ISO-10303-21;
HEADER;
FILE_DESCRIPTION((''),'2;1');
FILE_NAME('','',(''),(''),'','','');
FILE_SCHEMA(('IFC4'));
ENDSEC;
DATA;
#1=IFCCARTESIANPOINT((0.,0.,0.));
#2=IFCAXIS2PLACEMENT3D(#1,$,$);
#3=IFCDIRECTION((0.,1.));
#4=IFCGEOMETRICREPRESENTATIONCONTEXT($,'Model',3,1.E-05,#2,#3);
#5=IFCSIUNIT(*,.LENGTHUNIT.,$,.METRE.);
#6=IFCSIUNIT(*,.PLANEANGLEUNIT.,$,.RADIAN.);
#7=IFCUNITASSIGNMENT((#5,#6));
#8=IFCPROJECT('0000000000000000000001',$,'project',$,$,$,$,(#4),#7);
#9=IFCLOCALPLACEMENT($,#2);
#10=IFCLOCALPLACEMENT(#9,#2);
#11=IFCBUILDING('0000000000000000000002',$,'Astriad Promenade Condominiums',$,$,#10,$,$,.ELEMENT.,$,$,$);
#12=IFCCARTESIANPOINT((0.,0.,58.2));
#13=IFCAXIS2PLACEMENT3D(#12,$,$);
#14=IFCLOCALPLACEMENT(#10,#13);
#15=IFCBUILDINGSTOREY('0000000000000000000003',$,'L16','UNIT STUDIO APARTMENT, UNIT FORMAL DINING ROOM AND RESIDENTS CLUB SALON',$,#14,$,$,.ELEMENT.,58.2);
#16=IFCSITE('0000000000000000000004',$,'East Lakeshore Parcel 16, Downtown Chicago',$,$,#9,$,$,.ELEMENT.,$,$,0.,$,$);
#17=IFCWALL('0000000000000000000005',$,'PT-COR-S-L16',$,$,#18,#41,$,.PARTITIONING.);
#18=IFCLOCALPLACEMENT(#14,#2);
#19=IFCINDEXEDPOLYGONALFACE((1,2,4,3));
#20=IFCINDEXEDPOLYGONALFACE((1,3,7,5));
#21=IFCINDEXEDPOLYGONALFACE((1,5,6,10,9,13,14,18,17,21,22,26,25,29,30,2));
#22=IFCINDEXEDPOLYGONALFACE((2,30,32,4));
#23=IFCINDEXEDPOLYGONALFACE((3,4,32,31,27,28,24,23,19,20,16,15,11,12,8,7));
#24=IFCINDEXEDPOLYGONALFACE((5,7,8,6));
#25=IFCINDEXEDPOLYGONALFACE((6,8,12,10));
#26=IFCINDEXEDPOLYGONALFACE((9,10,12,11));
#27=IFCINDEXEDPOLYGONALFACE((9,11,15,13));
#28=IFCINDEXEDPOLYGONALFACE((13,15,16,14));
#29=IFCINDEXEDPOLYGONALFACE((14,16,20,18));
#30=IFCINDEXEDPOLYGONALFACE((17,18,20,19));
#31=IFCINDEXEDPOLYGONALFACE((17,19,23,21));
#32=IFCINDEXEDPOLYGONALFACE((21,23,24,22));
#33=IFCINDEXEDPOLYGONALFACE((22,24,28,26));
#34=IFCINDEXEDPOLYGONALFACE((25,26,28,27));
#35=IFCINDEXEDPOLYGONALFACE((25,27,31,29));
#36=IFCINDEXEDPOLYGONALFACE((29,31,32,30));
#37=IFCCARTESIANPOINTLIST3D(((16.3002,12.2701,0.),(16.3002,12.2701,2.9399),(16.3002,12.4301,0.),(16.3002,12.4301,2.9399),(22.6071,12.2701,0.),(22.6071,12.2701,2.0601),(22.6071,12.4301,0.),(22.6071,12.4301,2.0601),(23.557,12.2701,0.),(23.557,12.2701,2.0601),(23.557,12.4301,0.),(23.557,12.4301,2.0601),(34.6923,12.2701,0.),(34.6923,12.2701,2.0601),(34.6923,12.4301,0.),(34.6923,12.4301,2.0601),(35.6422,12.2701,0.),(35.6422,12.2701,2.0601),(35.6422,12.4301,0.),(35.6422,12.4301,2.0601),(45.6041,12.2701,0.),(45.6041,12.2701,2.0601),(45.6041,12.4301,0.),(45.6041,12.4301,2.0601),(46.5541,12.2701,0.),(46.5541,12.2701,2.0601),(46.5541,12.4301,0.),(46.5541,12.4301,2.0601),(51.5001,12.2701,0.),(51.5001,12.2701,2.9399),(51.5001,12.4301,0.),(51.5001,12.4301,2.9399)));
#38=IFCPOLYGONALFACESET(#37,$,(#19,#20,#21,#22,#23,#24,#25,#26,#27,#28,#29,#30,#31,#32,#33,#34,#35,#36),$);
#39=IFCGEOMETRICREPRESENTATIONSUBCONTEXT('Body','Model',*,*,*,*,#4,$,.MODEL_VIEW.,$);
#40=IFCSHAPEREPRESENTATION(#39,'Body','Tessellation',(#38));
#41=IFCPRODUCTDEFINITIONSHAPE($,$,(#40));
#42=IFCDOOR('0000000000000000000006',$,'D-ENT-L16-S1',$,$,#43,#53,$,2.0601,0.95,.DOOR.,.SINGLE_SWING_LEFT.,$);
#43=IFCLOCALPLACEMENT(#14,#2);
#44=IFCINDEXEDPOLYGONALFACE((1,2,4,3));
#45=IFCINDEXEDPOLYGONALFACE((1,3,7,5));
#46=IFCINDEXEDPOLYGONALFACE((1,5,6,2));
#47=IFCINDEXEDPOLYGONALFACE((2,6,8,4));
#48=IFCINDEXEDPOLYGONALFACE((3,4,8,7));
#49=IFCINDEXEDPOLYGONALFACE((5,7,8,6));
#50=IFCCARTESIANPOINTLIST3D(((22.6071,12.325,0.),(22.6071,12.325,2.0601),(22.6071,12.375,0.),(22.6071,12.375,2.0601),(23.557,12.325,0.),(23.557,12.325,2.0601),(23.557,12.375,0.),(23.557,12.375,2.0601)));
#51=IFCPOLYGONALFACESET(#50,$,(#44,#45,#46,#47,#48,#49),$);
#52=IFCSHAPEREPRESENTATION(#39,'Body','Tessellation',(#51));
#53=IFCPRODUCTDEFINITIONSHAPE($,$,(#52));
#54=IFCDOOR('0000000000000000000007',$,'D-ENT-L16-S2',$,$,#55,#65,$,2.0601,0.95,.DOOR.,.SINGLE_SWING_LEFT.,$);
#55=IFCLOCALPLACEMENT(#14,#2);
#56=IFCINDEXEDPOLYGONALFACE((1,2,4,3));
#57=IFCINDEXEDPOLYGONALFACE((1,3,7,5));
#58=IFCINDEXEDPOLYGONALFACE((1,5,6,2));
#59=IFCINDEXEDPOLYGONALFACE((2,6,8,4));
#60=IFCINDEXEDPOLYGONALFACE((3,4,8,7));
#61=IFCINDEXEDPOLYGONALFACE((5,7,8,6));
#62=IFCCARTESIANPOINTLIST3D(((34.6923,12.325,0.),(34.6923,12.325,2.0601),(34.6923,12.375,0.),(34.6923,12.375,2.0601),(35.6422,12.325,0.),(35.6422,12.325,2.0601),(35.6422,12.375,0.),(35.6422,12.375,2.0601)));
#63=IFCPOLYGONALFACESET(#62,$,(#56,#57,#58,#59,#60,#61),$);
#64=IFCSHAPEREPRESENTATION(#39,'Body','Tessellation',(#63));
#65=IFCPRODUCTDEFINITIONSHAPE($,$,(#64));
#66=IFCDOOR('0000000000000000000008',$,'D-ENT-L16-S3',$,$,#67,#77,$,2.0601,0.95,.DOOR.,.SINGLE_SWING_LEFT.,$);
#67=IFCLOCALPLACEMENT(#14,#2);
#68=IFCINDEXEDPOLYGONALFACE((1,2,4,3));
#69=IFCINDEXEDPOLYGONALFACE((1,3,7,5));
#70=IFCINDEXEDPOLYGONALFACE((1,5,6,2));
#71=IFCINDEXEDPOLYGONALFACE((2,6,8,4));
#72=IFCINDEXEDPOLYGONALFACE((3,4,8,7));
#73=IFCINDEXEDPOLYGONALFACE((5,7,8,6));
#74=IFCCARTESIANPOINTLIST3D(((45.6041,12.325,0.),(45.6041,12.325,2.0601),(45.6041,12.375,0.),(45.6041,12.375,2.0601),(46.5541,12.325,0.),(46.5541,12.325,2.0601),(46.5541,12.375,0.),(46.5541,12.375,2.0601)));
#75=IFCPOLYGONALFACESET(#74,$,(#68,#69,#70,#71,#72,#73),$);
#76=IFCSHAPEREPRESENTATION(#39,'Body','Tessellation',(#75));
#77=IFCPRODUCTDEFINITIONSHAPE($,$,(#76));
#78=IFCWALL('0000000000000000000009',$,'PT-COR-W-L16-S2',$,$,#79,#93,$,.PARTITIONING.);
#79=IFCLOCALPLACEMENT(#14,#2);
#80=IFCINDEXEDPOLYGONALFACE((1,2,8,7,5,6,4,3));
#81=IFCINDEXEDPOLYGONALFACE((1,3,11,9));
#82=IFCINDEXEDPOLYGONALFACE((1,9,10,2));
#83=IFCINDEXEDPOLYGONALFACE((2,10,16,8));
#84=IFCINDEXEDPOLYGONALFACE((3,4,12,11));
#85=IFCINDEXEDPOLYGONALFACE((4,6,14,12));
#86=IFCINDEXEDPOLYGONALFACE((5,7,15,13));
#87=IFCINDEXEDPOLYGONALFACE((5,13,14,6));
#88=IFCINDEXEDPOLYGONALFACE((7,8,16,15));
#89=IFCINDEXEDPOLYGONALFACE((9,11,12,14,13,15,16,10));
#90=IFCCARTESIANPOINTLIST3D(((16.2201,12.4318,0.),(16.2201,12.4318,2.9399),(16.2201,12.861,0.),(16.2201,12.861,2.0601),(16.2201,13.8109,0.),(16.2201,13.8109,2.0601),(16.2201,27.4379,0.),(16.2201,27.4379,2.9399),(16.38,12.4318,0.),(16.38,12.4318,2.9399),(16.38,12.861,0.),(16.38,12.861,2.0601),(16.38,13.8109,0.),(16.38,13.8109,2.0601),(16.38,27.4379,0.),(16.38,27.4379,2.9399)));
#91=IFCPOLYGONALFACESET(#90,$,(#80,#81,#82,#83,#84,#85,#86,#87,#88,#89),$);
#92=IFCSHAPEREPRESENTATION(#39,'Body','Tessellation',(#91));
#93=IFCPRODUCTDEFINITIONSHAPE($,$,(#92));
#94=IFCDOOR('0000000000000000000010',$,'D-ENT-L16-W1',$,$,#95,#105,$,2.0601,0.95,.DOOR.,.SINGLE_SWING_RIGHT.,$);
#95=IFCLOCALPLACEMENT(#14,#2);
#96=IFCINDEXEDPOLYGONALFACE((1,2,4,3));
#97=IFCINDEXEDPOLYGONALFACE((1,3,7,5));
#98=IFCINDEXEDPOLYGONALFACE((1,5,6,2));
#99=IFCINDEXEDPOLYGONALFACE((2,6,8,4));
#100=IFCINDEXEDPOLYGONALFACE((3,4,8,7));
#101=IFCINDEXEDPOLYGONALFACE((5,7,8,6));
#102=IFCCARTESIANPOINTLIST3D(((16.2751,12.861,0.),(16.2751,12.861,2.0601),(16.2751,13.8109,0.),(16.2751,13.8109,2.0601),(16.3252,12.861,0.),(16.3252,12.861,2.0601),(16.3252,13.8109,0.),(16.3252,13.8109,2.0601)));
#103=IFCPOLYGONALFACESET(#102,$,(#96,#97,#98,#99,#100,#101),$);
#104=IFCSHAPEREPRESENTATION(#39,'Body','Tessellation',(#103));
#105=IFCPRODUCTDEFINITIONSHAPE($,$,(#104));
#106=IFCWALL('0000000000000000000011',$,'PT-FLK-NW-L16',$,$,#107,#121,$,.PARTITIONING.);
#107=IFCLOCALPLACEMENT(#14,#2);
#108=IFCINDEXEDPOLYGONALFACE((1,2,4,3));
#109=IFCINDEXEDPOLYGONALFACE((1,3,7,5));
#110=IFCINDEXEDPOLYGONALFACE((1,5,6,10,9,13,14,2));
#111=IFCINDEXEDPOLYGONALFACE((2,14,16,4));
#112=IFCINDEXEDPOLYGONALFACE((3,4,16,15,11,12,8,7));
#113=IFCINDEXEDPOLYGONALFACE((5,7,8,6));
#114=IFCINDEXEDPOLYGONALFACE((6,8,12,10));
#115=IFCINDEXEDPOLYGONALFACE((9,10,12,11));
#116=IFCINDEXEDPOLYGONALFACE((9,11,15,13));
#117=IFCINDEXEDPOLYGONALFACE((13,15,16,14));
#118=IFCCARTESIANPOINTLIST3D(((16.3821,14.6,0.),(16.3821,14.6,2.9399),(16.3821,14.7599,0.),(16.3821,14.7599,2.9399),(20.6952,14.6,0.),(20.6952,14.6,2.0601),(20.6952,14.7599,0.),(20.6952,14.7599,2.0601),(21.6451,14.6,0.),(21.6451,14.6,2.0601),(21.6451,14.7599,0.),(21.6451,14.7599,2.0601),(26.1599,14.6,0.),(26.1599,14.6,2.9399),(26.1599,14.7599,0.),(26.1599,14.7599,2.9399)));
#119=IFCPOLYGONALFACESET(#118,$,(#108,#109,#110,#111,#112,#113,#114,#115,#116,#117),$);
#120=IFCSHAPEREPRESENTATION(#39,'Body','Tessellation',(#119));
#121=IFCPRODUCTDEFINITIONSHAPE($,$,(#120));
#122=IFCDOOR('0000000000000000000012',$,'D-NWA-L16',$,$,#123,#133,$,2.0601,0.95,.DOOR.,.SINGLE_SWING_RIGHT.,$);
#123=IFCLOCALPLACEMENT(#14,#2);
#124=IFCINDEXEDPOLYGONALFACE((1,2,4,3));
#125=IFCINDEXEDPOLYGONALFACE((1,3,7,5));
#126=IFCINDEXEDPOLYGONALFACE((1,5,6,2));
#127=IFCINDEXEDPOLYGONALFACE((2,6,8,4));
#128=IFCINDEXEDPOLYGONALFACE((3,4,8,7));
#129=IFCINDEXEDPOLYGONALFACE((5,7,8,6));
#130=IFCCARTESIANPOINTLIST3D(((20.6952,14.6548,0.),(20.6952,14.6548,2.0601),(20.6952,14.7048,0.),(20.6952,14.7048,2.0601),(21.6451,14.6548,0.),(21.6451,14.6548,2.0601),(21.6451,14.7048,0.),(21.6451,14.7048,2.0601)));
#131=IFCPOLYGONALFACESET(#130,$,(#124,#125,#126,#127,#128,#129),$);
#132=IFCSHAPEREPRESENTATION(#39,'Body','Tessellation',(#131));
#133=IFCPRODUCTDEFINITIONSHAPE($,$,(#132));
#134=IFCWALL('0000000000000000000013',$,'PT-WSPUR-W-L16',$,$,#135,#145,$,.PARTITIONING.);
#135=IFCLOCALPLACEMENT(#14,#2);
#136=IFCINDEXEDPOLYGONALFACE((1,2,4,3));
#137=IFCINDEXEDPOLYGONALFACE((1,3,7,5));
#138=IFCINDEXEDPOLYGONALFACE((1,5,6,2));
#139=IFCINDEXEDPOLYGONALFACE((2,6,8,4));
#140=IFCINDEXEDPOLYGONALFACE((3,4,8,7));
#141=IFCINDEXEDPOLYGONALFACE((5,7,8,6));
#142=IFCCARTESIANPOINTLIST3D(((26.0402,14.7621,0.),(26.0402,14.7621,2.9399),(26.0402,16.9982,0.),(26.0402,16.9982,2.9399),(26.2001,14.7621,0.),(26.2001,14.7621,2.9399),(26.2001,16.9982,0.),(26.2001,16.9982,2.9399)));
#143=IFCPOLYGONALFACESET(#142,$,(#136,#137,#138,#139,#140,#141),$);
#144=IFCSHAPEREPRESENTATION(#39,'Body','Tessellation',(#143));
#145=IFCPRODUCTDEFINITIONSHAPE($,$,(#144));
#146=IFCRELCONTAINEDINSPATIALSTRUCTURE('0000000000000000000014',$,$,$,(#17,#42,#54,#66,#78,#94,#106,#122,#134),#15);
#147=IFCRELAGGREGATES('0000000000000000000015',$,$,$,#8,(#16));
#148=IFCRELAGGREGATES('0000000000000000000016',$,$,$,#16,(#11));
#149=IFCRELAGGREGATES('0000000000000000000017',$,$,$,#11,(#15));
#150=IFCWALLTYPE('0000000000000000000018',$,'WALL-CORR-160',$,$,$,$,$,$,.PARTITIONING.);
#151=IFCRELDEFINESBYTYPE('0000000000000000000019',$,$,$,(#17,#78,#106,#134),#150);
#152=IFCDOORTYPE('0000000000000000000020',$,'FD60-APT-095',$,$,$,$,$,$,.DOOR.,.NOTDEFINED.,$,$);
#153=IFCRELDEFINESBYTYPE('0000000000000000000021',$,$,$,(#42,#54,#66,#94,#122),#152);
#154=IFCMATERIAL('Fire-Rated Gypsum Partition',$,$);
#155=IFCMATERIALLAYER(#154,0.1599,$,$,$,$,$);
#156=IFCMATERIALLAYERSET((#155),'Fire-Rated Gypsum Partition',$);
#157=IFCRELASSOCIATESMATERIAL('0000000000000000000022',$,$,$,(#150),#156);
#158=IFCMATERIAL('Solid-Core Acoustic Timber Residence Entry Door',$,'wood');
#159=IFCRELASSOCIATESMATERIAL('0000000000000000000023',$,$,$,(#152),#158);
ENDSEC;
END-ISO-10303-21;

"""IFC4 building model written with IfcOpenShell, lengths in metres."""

from ifc_helpers import new_model, si_unit, direction, frame, frame_2d, origin, place, context, subcontext, project, spatial, rectangle, extrude, source, transform, mapped, material, layer, layer_set, type_object, type_shapes, element, fill, save


model = new_model("IFC4")

# Units and contexts
model_context = context("Model", 3, precision=1e-05, world=origin(), true_north=direction((0.0, 1.0)))
body_context = subcontext(model_context, "Body", "Model", "MODEL_VIEW")
ifc_project = project(units=[si_unit("LENGTHUNIT", "METRE"), si_unit("PLANEANGLEUNIT", "RADIAN")], contexts=[model_context])

# Site, building, storey
site_placement = place(None, origin())
site = spatial("IfcSite", under=ifc_project, at=site_placement, Name="East Lakeshore Parcel 16, Downtown Chicago", CompositionType="ELEMENT", RefElevation=0.0)
building_placement = place(site_placement, origin())
building = spatial("IfcBuilding", under=site, at=building_placement, Name="Astriad Promenade Condominiums", CompositionType="ELEMENT")
storey_placement = place(building_placement, frame((0.0, 0.0, 58.2)))
storey = spatial("IfcBuildingStorey", under=building, at=storey_placement, Name="L16", Description="UNIT STUDIO APARTMENT, UNIT FORMAL DINING ROOM AND RESIDENTS CLUB SALON", CompositionType="ELEMENT", Elevation=58.2)

# Wall, openings, doors
ifc_material_1 = material(Name="Fire-Rated Gypsum Partition")
ifc_layer_1 = layer(ifc_material_1, 0.1599)
ifc_layer_set_1 = layer_set([ifc_layer_1], Name="Fire-Rated Gypsum Partition")
wall_type_1 = type_object("IfcWallType", Name="WALL-CORR-160", PredefinedType="PARTITIONING", material=ifc_layer_set_1)
wall_1_placement = place(storey_placement, frame((16.3, 12.3501, 0.0), z_axis=(0.0, 0.0, 1.0), x_axis=(1.0, 0.0, 0.0)))
wall_1 = element("IfcWall", 1, at=wall_1_placement, inside=storey, type_object=wall_type_1, Name="PT-COR-S-L16", PredefinedType="PARTITIONING", context=body_context, shape_type="SweptSolid", body=[
    extrude(rectangle(XDim=35.2, YDim=0.1599, at=frame_2d((17.6001, 0.0))), origin(), (0.0, 0.0, 1.0), 2.9399),
])
opening_1_placement = place(wall_1_placement, frame((6.3069, 0.0, 0.0)))
opening_1 = element("IfcOpeningElement", 2, at=opening_1_placement, cuts=wall_1, PredefinedType="OPENING", context=body_context, shape_type="SweptSolid", body=[
    extrude(rectangle(XDim=0.95, YDim=2.0601, at=frame_2d((0.4751, 1.03))), frame((0.0, 0.0898, 0.0), z_axis=(0.0, -1.0, 0.0), x_axis=(1.0, 0.0, 0.0)), (0.0, 0.0, 1.0), 0.1799),
])
opening_2_placement = place(wall_1_placement, frame((18.3921, 0.0, 0.0)))
opening_2 = element("IfcOpeningElement", 3, at=opening_2_placement, cuts=wall_1, PredefinedType="OPENING", context=body_context, shape_type="SweptSolid", body=[
    extrude(rectangle(XDim=0.95, YDim=2.0601, at=frame_2d((0.4751, 1.03))), frame((0.0, 0.0898, 0.0), z_axis=(0.0, -1.0, 0.0), x_axis=(1.0, 0.0, 0.0)), (0.0, 0.0, 1.0), 0.1799),
])
opening_3_placement = place(wall_1_placement, frame((29.304, 0.0, 0.0)))
opening_3 = element("IfcOpeningElement", 4, at=opening_3_placement, cuts=wall_1, PredefinedType="OPENING", context=body_context, shape_type="SweptSolid", body=[
    extrude(rectangle(XDim=0.95, YDim=2.0601, at=frame_2d((0.4751, 1.03))), frame((0.0, 0.0898, 0.0), z_axis=(0.0, -1.0, 0.0), x_axis=(1.0, 0.0, 0.0)), (0.0, 0.0, 1.0), 0.1799),
])
ifc_material_2 = material(Name="Solid-Core Acoustic Timber Residence Entry Door", Category="wood")
door_type_1 = type_object("IfcDoorType", Name="FD60-APT-095", OperationType="NOTDEFINED", PredefinedType="DOOR", material=ifc_material_2)
shared_shape_1 = source(origin(), body_context, "Body", "SweptSolid", [
    extrude(rectangle(XDim=0.95, YDim=2.0601, at=frame_2d((0.4751, 1.03))), frame((0.0, 0.0249, 0.0), z_axis=(0.0, -1.0, 0.0), x_axis=(1.0, 0.0, 0.0)), (0.0, 0.0, 1.0), 0.05),
])
type_shapes(door_type_1, [shared_shape_1])
door_1_placement = place(opening_1_placement, origin())
door_1 = element("IfcDoor", 5, at=door_1_placement, inside=storey, type_object=door_type_1, Name="D-ENT-L16-S1", OperationType="SINGLE_SWING_LEFT", OverallHeight=2.0601, OverallWidth=0.95, PredefinedType="DOOR", context=body_context, shape_type="MappedRepresentation", body=[
    mapped(shared_shape_1, transform((0.0, 0.0, 0.0), scale=1.0)),
])
fill(opening_1, door_1)
door_2_placement = place(opening_2_placement, origin())
door_2 = element("IfcDoor", 6, at=door_2_placement, inside=storey, type_object=door_type_1, Name="D-ENT-L16-S2", OperationType="SINGLE_SWING_LEFT", OverallHeight=2.0601, OverallWidth=0.95, PredefinedType="DOOR", context=body_context, shape_type="MappedRepresentation", body=[
    mapped(shared_shape_1, transform((0.0, 0.0, 0.0), scale=1.0)),
])
fill(opening_2, door_2)
door_3_placement = place(opening_3_placement, origin())
door_3 = element("IfcDoor", 7, at=door_3_placement, inside=storey, type_object=door_type_1, Name="D-ENT-L16-S3", OperationType="SINGLE_SWING_LEFT", OverallHeight=2.0601, OverallWidth=0.95, PredefinedType="DOOR", context=body_context, shape_type="MappedRepresentation", body=[
    mapped(shared_shape_1, transform((0.0, 0.0, 0.0), scale=1.0)),
])
fill(opening_3, door_3)

# Walls, openings, doors
wall_2_placement = place(storey_placement, frame((16.3, 12.4319, 0.0), z_axis=(0.0, 0.0, 1.0), x_axis=(0.0, 1.0, 0.0)))
wall_2 = element("IfcWall", 8, at=wall_2_placement, inside=storey, type_object=wall_type_1, Name="PT-COR-W-L16-S2", PredefinedType="PARTITIONING", context=body_context, shape_type="SweptSolid", body=[
    extrude(rectangle(XDim=15.0061, YDim=0.1599, at=frame_2d((7.5029, 0.0))), origin(), (0.0, 0.0, 1.0), 2.9399),
])
opening_4_placement = place(wall_2_placement, frame((0.429, 0.0, 0.0)))
opening_4 = element("IfcOpeningElement", 9, at=opening_4_placement, cuts=wall_2, PredefinedType="OPENING", context=body_context, shape_type="SweptSolid", body=[
    extrude(rectangle(XDim=0.95, YDim=2.0601, at=frame_2d((0.4751, 1.03))), frame((0.0, 0.0898, 0.0), z_axis=(0.0, -1.0, 0.0), x_axis=(1.0, 0.0, 0.0)), (0.0, 0.0, 1.0), 0.1799),
])
door_4_placement = place(opening_4_placement, origin())
door_4 = element("IfcDoor", 10, at=door_4_placement, inside=storey, type_object=door_type_1, Name="D-ENT-L16-W1", OperationType="SINGLE_SWING_RIGHT", OverallHeight=2.0601, OverallWidth=0.95, PredefinedType="DOOR", context=body_context, shape_type="MappedRepresentation", body=[
    mapped(shared_shape_1, transform((0.0, 0.0, 0.0), scale=1.0)),
])
fill(opening_4, door_4)
wall_3_placement = place(storey_placement, frame((16.3821, 14.6799, 0.0), z_axis=(0.0, 0.0, 1.0), x_axis=(1.0, 0.0, 0.0)))
wall_3 = element("IfcWall", 11, at=wall_3_placement, inside=storey, type_object=wall_type_1, Name="PT-FLK-NW-L16", PredefinedType="PARTITIONING", context=body_context, shape_type="SweptSolid", body=[
    extrude(rectangle(XDim=9.7778, YDim=0.1599, at=frame_2d((4.8889, 0.0))), origin(), (0.0, 0.0, 1.0), 2.9399),
])
opening_5_placement = place(wall_3_placement, frame((4.313, 0.0, 0.0)))
opening_5 = element("IfcOpeningElement", 12, at=opening_5_placement, cuts=wall_3, PredefinedType="OPENING", context=body_context, shape_type="SweptSolid", body=[
    extrude(rectangle(XDim=0.95, YDim=2.0601, at=frame_2d((0.4751, 1.03))), frame((0.0, 0.0898, 0.0), z_axis=(0.0, -1.0, 0.0), x_axis=(1.0, 0.0, 0.0)), (0.0, 0.0, 1.0), 0.1799),
])
door_5_placement = place(opening_5_placement, origin())
door_5 = element("IfcDoor", 13, at=door_5_placement, inside=storey, type_object=door_type_1, Name="D-NWA-L16", OperationType="SINGLE_SWING_RIGHT", OverallHeight=2.0601, OverallWidth=0.95, PredefinedType="DOOR", context=body_context, shape_type="MappedRepresentation", body=[
    mapped(shared_shape_1, transform((0.0, 0.0, 0.0), scale=1.0)),
])
fill(opening_5, door_5)

# Wall
wall_4_placement = place(storey_placement, frame((26.1201, 14.762, 0.0), z_axis=(0.0, 0.0, 1.0), x_axis=(0.0, 1.0, 0.0)))
element("IfcWall", 14, at=wall_4_placement, inside=storey, type_object=wall_type_1, Name="PT-WSPUR-W-L16", PredefinedType="PARTITIONING", context=body_context, shape_type="SweptSolid", body=[
    extrude(rectangle(XDim=2.2361, YDim=0.1599, at=frame_2d((1.1182, 0.0))), origin(), (0.0, 0.0, 1.0), 2.9399),
])

save(model, "model.ifc")
